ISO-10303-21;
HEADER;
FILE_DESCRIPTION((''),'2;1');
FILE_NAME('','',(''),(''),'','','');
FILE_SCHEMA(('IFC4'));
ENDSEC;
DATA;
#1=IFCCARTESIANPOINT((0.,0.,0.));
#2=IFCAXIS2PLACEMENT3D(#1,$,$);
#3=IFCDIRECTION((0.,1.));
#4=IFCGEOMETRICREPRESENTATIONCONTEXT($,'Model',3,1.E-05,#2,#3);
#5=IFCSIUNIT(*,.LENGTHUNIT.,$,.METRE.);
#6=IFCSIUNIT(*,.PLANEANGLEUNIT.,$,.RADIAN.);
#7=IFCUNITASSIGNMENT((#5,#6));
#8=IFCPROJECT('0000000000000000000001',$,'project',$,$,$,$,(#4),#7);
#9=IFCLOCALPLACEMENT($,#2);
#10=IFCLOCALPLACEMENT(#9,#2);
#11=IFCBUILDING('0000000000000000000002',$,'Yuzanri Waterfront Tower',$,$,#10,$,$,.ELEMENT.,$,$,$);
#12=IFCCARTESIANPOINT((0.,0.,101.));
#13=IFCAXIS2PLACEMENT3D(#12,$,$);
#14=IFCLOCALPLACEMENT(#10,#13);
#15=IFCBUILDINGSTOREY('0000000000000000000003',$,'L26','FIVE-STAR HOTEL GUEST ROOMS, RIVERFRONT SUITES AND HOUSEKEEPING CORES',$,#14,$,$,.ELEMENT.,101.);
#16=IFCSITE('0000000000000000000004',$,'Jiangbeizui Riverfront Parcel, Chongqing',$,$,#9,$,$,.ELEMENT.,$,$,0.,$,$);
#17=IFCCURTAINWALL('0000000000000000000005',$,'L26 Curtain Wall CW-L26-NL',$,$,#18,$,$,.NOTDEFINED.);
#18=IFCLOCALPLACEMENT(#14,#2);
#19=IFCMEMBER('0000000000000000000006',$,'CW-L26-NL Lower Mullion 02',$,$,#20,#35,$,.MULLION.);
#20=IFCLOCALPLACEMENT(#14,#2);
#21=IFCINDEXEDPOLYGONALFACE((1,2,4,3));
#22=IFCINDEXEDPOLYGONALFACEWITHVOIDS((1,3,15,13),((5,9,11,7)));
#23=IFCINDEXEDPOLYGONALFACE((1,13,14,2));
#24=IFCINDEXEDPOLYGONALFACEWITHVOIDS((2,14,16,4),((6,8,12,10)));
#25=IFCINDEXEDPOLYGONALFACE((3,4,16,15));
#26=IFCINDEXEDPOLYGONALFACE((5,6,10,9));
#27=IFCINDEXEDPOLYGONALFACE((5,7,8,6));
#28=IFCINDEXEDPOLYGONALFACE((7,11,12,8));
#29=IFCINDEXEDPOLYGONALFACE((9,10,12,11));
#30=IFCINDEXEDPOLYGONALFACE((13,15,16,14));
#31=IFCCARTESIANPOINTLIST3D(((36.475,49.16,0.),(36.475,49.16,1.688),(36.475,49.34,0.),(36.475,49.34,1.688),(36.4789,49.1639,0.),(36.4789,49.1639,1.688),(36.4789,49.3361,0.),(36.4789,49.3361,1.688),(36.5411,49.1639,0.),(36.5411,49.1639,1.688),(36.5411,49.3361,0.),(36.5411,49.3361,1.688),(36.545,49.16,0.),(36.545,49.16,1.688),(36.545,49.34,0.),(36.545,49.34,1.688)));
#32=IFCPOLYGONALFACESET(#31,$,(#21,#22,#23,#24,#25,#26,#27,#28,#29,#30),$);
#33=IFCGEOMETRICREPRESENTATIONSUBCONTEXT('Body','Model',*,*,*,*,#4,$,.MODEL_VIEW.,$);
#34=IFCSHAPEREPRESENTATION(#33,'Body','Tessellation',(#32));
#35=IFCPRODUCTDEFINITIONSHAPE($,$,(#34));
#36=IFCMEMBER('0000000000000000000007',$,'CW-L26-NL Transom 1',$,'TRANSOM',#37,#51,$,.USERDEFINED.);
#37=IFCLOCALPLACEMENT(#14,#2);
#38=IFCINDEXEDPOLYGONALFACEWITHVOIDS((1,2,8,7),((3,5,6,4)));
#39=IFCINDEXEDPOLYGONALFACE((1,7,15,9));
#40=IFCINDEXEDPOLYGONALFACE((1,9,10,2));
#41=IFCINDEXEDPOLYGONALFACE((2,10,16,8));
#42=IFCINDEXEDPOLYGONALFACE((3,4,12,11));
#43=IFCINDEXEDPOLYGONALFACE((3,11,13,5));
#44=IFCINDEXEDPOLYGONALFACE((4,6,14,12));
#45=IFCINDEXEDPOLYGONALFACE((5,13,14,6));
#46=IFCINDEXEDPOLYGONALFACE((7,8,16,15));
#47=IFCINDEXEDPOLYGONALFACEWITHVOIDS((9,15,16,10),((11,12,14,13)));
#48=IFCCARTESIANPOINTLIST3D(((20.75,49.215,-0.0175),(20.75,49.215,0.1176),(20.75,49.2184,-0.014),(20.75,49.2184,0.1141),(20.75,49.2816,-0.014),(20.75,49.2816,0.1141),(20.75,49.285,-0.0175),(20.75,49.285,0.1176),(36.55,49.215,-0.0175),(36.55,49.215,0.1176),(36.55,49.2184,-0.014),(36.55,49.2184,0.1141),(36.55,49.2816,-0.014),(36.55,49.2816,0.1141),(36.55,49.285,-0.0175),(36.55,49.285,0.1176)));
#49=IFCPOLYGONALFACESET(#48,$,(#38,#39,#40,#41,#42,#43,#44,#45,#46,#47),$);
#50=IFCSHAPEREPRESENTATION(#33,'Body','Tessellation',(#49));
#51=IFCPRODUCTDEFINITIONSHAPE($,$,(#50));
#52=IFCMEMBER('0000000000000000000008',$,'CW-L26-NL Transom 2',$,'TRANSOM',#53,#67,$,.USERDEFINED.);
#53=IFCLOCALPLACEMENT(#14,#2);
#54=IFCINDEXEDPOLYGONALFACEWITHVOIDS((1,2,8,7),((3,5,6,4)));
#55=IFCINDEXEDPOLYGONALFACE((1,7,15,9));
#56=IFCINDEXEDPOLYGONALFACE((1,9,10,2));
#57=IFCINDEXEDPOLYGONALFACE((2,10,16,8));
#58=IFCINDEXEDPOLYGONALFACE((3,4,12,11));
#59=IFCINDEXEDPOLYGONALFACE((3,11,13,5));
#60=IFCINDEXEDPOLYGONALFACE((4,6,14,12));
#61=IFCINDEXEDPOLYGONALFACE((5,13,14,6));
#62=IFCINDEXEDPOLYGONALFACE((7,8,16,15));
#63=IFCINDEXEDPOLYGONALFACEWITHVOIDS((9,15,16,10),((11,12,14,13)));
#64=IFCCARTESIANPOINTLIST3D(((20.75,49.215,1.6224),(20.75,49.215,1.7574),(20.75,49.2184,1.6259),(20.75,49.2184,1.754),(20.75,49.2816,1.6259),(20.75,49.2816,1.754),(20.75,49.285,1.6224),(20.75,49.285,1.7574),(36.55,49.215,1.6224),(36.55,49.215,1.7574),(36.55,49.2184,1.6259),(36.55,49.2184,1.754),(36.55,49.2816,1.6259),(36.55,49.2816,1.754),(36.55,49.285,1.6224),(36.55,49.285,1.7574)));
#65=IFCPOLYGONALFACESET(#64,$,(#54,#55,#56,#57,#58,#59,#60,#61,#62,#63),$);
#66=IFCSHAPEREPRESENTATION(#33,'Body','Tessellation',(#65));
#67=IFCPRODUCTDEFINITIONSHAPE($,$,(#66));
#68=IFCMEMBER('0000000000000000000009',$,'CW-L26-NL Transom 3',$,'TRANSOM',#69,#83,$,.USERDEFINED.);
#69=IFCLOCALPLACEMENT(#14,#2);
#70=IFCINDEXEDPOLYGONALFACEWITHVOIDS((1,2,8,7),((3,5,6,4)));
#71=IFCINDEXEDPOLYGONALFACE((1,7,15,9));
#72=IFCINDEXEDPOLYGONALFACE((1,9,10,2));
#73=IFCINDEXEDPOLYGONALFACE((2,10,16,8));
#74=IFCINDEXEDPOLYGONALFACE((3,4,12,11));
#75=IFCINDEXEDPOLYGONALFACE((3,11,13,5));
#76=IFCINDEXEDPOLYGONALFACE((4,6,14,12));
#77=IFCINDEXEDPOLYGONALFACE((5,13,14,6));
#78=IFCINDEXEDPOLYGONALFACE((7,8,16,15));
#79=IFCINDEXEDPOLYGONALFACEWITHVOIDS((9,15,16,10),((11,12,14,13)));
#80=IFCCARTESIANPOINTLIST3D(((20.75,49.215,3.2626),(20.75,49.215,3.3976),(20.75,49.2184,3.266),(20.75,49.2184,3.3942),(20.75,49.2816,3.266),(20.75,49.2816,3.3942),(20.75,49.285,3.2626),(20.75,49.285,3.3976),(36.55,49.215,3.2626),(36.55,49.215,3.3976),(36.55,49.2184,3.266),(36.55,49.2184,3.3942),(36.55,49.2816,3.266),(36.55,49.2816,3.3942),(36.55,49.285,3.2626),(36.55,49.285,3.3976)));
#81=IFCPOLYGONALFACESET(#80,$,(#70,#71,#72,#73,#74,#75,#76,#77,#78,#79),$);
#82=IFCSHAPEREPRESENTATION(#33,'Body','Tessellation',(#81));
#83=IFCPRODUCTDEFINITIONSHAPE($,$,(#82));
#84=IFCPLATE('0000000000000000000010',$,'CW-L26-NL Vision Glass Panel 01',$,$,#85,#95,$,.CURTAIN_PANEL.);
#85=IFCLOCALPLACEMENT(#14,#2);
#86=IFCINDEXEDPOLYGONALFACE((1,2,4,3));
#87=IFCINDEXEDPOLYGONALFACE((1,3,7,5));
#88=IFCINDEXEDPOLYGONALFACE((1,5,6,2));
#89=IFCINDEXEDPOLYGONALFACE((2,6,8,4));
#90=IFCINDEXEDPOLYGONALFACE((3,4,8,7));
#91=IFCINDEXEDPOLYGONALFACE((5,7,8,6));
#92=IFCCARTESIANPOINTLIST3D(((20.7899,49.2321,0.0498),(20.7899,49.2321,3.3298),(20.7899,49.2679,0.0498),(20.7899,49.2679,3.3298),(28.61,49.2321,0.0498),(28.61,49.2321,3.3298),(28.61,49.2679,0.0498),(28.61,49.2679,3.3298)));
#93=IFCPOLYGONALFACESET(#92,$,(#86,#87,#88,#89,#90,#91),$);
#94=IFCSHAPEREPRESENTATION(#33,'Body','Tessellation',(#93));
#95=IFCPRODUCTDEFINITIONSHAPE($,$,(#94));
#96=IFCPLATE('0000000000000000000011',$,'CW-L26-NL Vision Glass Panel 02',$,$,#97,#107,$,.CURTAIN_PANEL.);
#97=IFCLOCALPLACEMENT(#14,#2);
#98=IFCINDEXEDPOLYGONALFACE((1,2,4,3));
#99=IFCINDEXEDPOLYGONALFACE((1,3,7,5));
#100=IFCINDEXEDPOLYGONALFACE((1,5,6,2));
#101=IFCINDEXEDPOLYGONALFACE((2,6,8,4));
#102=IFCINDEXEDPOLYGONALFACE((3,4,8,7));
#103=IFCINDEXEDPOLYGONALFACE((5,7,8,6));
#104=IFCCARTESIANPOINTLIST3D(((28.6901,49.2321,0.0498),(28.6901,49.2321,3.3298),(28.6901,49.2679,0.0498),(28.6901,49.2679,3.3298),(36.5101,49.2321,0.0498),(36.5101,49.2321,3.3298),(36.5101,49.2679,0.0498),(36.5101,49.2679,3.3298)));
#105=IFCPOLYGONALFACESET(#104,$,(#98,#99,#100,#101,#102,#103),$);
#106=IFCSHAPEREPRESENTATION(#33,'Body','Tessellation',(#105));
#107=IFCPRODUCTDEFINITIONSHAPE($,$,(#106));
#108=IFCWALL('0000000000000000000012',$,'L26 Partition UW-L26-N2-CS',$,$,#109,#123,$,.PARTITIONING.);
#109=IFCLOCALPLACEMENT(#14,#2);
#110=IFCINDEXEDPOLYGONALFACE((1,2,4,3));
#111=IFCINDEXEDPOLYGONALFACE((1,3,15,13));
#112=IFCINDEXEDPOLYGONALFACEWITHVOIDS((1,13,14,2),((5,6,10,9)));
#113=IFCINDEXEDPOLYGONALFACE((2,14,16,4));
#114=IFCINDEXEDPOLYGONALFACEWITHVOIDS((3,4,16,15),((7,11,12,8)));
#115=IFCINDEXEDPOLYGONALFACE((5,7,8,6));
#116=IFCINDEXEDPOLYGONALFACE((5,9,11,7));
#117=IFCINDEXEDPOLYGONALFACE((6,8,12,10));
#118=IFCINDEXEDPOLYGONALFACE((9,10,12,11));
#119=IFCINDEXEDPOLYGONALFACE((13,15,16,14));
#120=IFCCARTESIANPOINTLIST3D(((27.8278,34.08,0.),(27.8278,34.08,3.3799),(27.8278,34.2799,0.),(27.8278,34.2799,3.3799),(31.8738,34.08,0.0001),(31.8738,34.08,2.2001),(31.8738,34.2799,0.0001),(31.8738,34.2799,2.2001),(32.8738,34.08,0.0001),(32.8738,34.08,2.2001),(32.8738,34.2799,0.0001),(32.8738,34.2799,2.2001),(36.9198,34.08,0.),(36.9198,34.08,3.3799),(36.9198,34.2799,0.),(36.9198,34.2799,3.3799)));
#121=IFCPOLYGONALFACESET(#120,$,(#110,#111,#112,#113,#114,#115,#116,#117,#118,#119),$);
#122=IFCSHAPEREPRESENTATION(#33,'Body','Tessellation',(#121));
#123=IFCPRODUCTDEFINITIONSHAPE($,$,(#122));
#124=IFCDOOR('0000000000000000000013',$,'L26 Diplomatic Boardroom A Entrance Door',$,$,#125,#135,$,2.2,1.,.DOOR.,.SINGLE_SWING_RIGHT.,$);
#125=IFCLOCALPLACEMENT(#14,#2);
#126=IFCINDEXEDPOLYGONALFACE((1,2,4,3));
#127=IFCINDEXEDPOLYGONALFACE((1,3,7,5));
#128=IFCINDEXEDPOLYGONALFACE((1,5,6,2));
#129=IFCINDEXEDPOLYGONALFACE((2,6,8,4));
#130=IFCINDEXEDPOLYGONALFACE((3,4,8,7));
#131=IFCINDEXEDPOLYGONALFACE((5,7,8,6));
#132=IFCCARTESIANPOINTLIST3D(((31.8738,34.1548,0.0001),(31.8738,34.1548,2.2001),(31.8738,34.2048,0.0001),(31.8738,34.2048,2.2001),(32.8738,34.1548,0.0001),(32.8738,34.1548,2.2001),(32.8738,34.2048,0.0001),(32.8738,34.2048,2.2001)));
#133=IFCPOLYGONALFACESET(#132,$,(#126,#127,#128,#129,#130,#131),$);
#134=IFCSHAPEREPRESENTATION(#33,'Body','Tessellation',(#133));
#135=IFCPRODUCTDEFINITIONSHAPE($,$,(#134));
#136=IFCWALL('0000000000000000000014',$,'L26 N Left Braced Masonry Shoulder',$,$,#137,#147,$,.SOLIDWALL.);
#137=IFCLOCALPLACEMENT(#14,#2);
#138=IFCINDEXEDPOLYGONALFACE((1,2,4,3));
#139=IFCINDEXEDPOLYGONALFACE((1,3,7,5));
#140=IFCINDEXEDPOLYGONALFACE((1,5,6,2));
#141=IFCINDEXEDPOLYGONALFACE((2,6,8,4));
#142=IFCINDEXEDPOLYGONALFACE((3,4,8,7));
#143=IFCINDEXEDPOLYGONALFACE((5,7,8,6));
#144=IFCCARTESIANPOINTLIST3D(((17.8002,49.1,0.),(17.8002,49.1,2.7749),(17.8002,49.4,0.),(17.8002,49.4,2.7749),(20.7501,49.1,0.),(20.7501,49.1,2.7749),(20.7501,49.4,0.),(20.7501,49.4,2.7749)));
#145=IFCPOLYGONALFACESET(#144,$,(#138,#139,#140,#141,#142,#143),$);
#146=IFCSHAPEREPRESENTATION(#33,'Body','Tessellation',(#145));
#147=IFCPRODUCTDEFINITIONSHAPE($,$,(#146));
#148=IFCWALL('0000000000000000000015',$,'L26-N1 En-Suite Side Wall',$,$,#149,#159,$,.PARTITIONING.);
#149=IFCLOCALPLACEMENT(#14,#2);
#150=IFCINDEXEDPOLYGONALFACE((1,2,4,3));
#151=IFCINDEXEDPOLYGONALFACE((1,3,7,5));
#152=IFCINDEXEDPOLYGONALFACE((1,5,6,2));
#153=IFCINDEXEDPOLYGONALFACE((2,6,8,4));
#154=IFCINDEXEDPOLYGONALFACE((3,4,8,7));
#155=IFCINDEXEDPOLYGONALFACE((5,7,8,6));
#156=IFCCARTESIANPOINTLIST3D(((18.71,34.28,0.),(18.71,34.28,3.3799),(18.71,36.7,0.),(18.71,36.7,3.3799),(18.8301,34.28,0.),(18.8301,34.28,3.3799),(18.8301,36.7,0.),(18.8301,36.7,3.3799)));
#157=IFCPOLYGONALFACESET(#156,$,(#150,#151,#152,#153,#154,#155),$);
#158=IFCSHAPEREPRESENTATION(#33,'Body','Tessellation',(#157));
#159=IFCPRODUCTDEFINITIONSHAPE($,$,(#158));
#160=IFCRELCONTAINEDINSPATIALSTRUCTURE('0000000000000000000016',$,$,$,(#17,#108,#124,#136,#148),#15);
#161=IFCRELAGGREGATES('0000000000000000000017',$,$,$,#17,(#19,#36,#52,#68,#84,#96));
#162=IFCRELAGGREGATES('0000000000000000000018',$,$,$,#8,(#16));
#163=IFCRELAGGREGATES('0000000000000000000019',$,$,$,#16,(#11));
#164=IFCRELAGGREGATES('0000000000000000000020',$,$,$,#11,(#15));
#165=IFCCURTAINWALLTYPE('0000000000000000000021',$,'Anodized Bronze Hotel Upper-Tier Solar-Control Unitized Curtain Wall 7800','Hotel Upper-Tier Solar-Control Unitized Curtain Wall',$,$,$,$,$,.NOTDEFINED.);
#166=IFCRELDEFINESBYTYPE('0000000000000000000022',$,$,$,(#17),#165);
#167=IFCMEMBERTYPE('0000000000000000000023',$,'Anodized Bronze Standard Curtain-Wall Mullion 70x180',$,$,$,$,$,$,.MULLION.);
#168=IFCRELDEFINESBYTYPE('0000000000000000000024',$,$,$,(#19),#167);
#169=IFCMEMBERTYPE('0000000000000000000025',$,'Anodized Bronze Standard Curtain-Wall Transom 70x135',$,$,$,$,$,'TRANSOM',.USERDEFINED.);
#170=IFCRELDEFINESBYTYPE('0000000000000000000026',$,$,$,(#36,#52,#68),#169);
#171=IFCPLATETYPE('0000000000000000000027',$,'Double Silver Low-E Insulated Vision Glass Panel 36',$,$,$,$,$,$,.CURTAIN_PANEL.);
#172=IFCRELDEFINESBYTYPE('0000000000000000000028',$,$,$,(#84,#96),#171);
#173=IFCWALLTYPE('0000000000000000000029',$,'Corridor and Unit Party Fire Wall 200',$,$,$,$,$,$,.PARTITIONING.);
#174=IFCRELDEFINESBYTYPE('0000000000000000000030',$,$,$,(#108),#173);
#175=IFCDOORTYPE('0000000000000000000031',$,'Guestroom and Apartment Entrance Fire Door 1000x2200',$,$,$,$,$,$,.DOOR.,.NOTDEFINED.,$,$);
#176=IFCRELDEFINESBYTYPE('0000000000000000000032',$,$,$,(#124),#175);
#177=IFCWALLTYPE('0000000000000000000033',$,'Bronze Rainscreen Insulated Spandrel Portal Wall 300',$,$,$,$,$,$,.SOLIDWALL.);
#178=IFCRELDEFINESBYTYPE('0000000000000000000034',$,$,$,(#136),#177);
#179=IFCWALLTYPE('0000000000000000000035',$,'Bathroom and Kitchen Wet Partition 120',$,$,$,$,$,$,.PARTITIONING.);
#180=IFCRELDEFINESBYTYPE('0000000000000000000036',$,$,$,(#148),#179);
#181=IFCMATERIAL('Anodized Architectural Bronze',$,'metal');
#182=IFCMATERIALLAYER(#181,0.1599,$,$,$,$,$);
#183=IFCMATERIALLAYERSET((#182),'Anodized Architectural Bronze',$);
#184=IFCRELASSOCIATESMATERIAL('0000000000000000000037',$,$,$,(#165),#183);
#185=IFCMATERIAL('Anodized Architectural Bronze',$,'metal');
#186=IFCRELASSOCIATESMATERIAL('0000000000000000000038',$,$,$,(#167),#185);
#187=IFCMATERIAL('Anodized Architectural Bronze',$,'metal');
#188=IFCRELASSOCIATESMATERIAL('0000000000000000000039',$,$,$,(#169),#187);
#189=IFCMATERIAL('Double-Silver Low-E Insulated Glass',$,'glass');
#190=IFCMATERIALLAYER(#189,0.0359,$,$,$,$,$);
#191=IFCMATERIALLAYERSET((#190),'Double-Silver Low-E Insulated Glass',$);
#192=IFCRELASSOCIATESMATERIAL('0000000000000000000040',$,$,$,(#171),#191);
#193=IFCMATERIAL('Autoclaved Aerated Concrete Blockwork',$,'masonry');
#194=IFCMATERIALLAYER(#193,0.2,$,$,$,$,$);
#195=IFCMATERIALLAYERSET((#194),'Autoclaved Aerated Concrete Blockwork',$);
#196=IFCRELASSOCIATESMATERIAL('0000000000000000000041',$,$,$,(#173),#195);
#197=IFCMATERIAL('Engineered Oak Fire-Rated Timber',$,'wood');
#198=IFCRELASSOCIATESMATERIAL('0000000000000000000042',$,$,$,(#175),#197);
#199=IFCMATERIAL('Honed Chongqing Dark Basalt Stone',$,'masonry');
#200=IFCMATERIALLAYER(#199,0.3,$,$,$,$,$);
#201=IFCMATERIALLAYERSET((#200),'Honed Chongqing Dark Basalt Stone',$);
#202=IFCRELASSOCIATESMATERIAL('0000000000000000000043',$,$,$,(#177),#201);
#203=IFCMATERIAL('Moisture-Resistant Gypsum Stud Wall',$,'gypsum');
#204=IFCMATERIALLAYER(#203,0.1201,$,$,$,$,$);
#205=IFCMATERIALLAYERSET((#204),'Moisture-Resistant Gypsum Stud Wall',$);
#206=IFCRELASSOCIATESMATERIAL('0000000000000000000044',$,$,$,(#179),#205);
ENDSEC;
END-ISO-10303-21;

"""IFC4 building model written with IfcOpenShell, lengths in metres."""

from ifc_helpers import new_model, si_unit, direction, frame, frame_2d, origin, origin_2d, place, context, subcontext, project, spatial, rectangle, hollow_rectangle, extrude, source, transform, mapped, material, layer, layer_set, material_profile, profile_set, type_object, element, fill, aggregate, save


model = new_model("IFC4")

# Units and contexts
model_context = context("Model", 3, precision=1e-05, world=origin(), true_north=direction((0.0, 1.0)))
body_context = subcontext(model_context, "Body", "Model", "MODEL_VIEW")
ifc_project = project(units=[si_unit("LENGTHUNIT", "METRE"), si_unit("PLANEANGLEUNIT", "RADIAN")], contexts=[model_context])

# Site, building, storey
site_placement = place(None, origin())
site = spatial("IfcSite", under=ifc_project, at=site_placement, Name="Jiangbeizui Riverfront Parcel, Chongqing", CompositionType="ELEMENT", RefElevation=0.0)
building_placement = place(site_placement, origin())
building = spatial("IfcBuilding", under=site, at=building_placement, Name="Yuzanri Waterfront Tower", CompositionType="ELEMENT")
storey_placement = place(building_placement, frame((0.0, 0.0, 101.0)))
storey = spatial("IfcBuildingStorey", under=building, at=storey_placement, Name="L26", Description="FIVE-STAR HOTEL GUEST ROOMS, RIVERFRONT SUITES AND HOUSEKEEPING CORES", CompositionType="ELEMENT", Elevation=101.0)

# Curtain wall, members, plates
ifc_material_1 = material(Name="Anodized Architectural Bronze", Category="metal")
ifc_layer_1 = layer(ifc_material_1, 0.1599)
ifc_layer_set_1 = layer_set([ifc_layer_1], Name="Anodized Architectural Bronze")
curtain_wall_type = type_object("IfcCurtainWallType", Name="Anodized Bronze Hotel Upper-Tier Solar-Control Unitized Curtain Wall 7800", Description="Hotel Upper-Tier Solar-Control Unitized Curtain Wall", PredefinedType="NOTDEFINED", material=ifc_layer_set_1)
curtain_wall_placement = place(storey_placement, origin())
curtain_wall = element("IfcCurtainWall", 1, at=curtain_wall_placement, inside=storey, type_object=curtain_wall_type, Name="L26 Curtain Wall CW-L26-NL", PredefinedType="NOTDEFINED")
ifc_material_2 = material(Name="Anodized Architectural Bronze", Category="metal")
ifc_material_profile_1 = material_profile(ifc_material_2, hollow_rectangle(XDim=0.0701, YDim=0.1799, WallThickness=0.0039, at=origin_2d()), Name="CWM 70x180")
ifc_profile_set_1 = profile_set([ifc_material_profile_1], Name="Anodized Architectural Bronze")
member_type_1 = type_object("IfcMemberType", Name="Anodized Bronze Standard Curtain-Wall Mullion 70x180", PredefinedType="MULLION", material=ifc_profile_set_1)
shared_shape_1 = source(origin(), body_context, "Body", "SweptSolid", [
    extrude(hollow_rectangle(XDim=0.0701, YDim=0.1799, WallThickness=0.0039, at=origin_2d()), origin(), (0.0, 0.0, 1.0), 1.688),
])
member_1_placement = place(storey_placement, frame((36.51, 49.25, 0.0), z_axis=(0.0, 0.0, 1.0), x_axis=(1.0, 0.0, 0.0)))
member_1 = element("IfcMember", 2, at=member_1_placement, type_object=member_type_1, Name="CW-L26-NL Lower Mullion 02", PredefinedType="MULLION", context=body_context, shape_type="MappedRepresentation", body=[
    mapped(shared_shape_1, transform((0.0, 0.0, 0.0), scale=1.0)),
])
ifc_material_3 = material(Name="Anodized Architectural Bronze", Category="metal")
ifc_material_profile_2 = material_profile(ifc_material_3, hollow_rectangle(XDim=0.0701, YDim=0.135, WallThickness=0.0034, at=origin_2d()), Name="CWT 70x135")
ifc_profile_set_2 = profile_set([ifc_material_profile_2], Name="Anodized Architectural Bronze")
member_type_2 = type_object("IfcMemberType", Name="Anodized Bronze Standard Curtain-Wall Transom 70x135", ElementType="TRANSOM", PredefinedType="USERDEFINED", material=ifc_profile_set_2)
shared_shape_2 = source(origin(), body_context, "Body", "SweptSolid", [
    extrude(hollow_rectangle(XDim=0.0701, YDim=0.135, WallThickness=0.0034, at=origin_2d()), origin(), (0.0, 0.0, 1.0), 15.8),
])
member_2_placement = place(storey_placement, frame((20.75, 49.25, 0.05), z_axis=(1.0, 0.0, 0.0), x_axis=(0.0, 1.0, 0.0)))
member_2 = element("IfcMember", 3, at=member_2_placement, type_object=member_type_2, Name="CW-L26-NL Transom 1", ObjectType="TRANSOM", PredefinedType="USERDEFINED", context=body_context, shape_type="MappedRepresentation", body=[
    mapped(shared_shape_2, transform((0.0, 0.0, 0.0), scale=1.0)),
])
member_3_placement = place(storey_placement, frame((20.75, 49.25, 1.6899), z_axis=(1.0, 0.0, 0.0), x_axis=(0.0, 1.0, 0.0)))
member_3 = element("IfcMember", 4, at=member_3_placement, type_object=member_type_2, Name="CW-L26-NL Transom 2", ObjectType="TRANSOM", PredefinedType="USERDEFINED", context=body_context, shape_type="MappedRepresentation", body=[
    mapped(shared_shape_2, transform((0.0, 0.0, 0.0), scale=1.0)),
])
member_4_placement = place(storey_placement, frame((20.75, 49.25, 3.3301), z_axis=(1.0, 0.0, 0.0), x_axis=(0.0, 1.0, 0.0)))
member_4 = element("IfcMember", 5, at=member_4_placement, type_object=member_type_2, Name="CW-L26-NL Transom 3", ObjectType="TRANSOM", PredefinedType="USERDEFINED", context=body_context, shape_type="MappedRepresentation", body=[
    mapped(shared_shape_2, transform((0.0, 0.0, 0.0), scale=1.0)),
])
ifc_material_4 = material(Name="Double-Silver Low-E Insulated Glass", Category="glass")
ifc_layer_2 = layer(ifc_material_4, 0.0359)
ifc_layer_set_2 = layer_set([ifc_layer_2], Name="Double-Silver Low-E Insulated Glass")
plate_type = type_object("IfcPlateType", Name="Double Silver Low-E Insulated Vision Glass Panel 36", PredefinedType="CURTAIN_PANEL", material=ifc_layer_set_2)
shared_shape_3 = source(origin(), body_context, "Body", "SweptSolid", [
    extrude(rectangle(XDim=7.8201, YDim=0.0359, at=origin_2d()), origin(), (0.0, 0.0, 1.0), 3.28),
])
plate_1_placement = place(storey_placement, frame((24.7, 49.25, 0.0498), z_axis=(0.0, 0.0, 1.0), x_axis=(1.0, 0.0, 0.0)))
plate_1 = element("IfcPlate", 6, at=plate_1_placement, type_object=plate_type, Name="CW-L26-NL Vision Glass Panel 01", PredefinedType="CURTAIN_PANEL", context=body_context, shape_type="MappedRepresentation", body=[
    mapped(shared_shape_3, transform((0.0, 0.0, 0.0), scale=1.0)),
])
plate_2_placement = place(storey_placement, frame((32.6001, 49.25, 0.0498), z_axis=(0.0, 0.0, 1.0), x_axis=(1.0, 0.0, 0.0)))
plate_2 = element("IfcPlate", 7, at=plate_2_placement, type_object=plate_type, Name="CW-L26-NL Vision Glass Panel 02", PredefinedType="CURTAIN_PANEL", context=body_context, shape_type="MappedRepresentation", body=[
    mapped(shared_shape_3, transform((0.0, 0.0, 0.0), scale=1.0)),
])
aggregate(curtain_wall, [member_1, member_2, member_3, member_4, plate_1, plate_2])

# Wall, opening, door
ifc_material_5 = material(Name="Autoclaved Aerated Concrete Blockwork", Category="masonry")
ifc_layer_3 = layer(ifc_material_5, 0.2)
ifc_layer_set_3 = layer_set([ifc_layer_3], Name="Autoclaved Aerated Concrete Blockwork")
wall_type_1 = type_object("IfcWallType", Name="Corridor and Unit Party Fire Wall 200", PredefinedType="PARTITIONING", material=ifc_layer_set_3)
wall_1_placement = place(storey_placement, frame((27.8279, 34.1799, 0.0), z_axis=(0.0, 0.0, 1.0), x_axis=(1.0, 0.0, 0.0)))
wall_1 = element("IfcWall", 8, at=wall_1_placement, inside=storey, type_object=wall_type_1, Name="L26 Partition UW-L26-N2-CS", PredefinedType="PARTITIONING", context=body_context, shape_type="SweptSolid", body=[
    extrude(rectangle(XDim=9.092, YDim=0.2, at=frame_2d((4.5459, 0.0))), origin(), (0.0, 0.0, 1.0), 3.3799),
])
opening_1_placement = place(wall_1_placement, frame((4.0459, 0.0, 0.0)))
opening_1 = element("IfcOpeningElement", 9, at=opening_1_placement, cuts=wall_1, PredefinedType="OPENING", context=body_context, shape_type="SweptSolid", body=[
    extrude(rectangle(XDim=1.0, YDim=2.2, at=frame_2d((0.5, 1.1001))), frame((0.0, 0.1147, 0.0), z_axis=(0.0, -1.0, 0.0), x_axis=(1.0, 0.0, 0.0)), (0.0, 0.0, 1.0), 0.2297),
])
ifc_material_6 = material(Name="Engineered Oak Fire-Rated Timber", Category="wood")
door_type_1 = type_object("IfcDoorType", Name="Guestroom and Apartment Entrance Fire Door 1000x2200", OperationType="NOTDEFINED", PredefinedType="DOOR", material=ifc_material_6)
shared_shape_4 = source(origin(), body_context, "Body", "SweptSolid", [
    extrude(rectangle(XDim=1.0, YDim=2.2, at=frame_2d((0.5, 1.1001))), frame((0.0, 0.0249, 0.0), z_axis=(0.0, -1.0, 0.0), x_axis=(1.0, 0.0, 0.0)), (0.0, 0.0, 1.0), 0.05),
])
door_1_placement = place(opening_1_placement, origin())
door_1 = element("IfcDoor", 10, at=door_1_placement, inside=storey, type_object=door_type_1, Name="L26 Diplomatic Boardroom A Entrance Door", OperationType="SINGLE_SWING_RIGHT", OverallHeight=2.2, OverallWidth=1.0, PredefinedType="DOOR", context=body_context, shape_type="MappedRepresentation", body=[
    mapped(shared_shape_4, transform((0.0, 0.0, 0.0), scale=1.0)),
])
fill(opening_1, door_1)

# Walls
ifc_material_7 = material(Name="Honed Chongqing Dark Basalt Stone", Category="masonry")
ifc_layer_4 = layer(ifc_material_7, 0.3)
ifc_layer_set_4 = layer_set([ifc_layer_4], Name="Honed Chongqing Dark Basalt Stone")
wall_type_2 = type_object("IfcWallType", Name="Bronze Rainscreen Insulated Spandrel Portal Wall 300", PredefinedType="SOLIDWALL", material=ifc_layer_set_4)
shared_shape_5 = source(origin(), body_context, "Body", "SweptSolid", [
    extrude(rectangle(XDim=2.95, YDim=0.3, at=frame_2d((1.4751, 0.0))), origin(), (0.0, 0.0, 1.0), 2.7749),
])
wall_2_placement = place(storey_placement, frame((17.8, 49.25, 0.0), z_axis=(0.0, 0.0, 1.0), x_axis=(1.0, 0.0, 0.0)))
element("IfcWall", 11, at=wall_2_placement, inside=storey, type_object=wall_type_2, Name="L26 N Left Braced Masonry Shoulder", PredefinedType="SOLIDWALL", context=body_context, shape_type="MappedRepresentation", body=[
    mapped(shared_shape_5, transform((0.0, 0.0, 0.0), scale=1.0)),
])
ifc_material_8 = material(Name="Moisture-Resistant Gypsum Stud Wall", Category="gypsum")
ifc_layer_5 = layer(ifc_material_8, 0.1201)
ifc_layer_set_5 = layer_set([ifc_layer_5], Name="Moisture-Resistant Gypsum Stud Wall")
wall_type_3 = type_object("IfcWallType", Name="Bathroom and Kitchen Wet Partition 120", PredefinedType="PARTITIONING", material=ifc_layer_set_5)
shared_shape_6 = source(origin(), body_context, "Body", "SweptSolid", [
    extrude(rectangle(XDim=2.4199, YDim=0.1201, at=frame_2d((1.21, 0.0))), origin(), (0.0, 0.0, 1.0), 3.3799),
])
wall_3_placement = place(storey_placement, frame((18.77, 34.28, 0.0), z_axis=(0.0, 0.0, 1.0), x_axis=(0.0, 1.0, 0.0)))
element("IfcWall", 12, at=wall_3_placement, inside=storey, type_object=wall_type_3, Name="L26-N1 En-Suite Side Wall", PredefinedType="PARTITIONING", context=body_context, shape_type="MappedRepresentation", body=[
    mapped(shared_shape_6, transform((0.0, 0.0, 0.0), scale=1.0)),
])

save(model, "model.ifc")
